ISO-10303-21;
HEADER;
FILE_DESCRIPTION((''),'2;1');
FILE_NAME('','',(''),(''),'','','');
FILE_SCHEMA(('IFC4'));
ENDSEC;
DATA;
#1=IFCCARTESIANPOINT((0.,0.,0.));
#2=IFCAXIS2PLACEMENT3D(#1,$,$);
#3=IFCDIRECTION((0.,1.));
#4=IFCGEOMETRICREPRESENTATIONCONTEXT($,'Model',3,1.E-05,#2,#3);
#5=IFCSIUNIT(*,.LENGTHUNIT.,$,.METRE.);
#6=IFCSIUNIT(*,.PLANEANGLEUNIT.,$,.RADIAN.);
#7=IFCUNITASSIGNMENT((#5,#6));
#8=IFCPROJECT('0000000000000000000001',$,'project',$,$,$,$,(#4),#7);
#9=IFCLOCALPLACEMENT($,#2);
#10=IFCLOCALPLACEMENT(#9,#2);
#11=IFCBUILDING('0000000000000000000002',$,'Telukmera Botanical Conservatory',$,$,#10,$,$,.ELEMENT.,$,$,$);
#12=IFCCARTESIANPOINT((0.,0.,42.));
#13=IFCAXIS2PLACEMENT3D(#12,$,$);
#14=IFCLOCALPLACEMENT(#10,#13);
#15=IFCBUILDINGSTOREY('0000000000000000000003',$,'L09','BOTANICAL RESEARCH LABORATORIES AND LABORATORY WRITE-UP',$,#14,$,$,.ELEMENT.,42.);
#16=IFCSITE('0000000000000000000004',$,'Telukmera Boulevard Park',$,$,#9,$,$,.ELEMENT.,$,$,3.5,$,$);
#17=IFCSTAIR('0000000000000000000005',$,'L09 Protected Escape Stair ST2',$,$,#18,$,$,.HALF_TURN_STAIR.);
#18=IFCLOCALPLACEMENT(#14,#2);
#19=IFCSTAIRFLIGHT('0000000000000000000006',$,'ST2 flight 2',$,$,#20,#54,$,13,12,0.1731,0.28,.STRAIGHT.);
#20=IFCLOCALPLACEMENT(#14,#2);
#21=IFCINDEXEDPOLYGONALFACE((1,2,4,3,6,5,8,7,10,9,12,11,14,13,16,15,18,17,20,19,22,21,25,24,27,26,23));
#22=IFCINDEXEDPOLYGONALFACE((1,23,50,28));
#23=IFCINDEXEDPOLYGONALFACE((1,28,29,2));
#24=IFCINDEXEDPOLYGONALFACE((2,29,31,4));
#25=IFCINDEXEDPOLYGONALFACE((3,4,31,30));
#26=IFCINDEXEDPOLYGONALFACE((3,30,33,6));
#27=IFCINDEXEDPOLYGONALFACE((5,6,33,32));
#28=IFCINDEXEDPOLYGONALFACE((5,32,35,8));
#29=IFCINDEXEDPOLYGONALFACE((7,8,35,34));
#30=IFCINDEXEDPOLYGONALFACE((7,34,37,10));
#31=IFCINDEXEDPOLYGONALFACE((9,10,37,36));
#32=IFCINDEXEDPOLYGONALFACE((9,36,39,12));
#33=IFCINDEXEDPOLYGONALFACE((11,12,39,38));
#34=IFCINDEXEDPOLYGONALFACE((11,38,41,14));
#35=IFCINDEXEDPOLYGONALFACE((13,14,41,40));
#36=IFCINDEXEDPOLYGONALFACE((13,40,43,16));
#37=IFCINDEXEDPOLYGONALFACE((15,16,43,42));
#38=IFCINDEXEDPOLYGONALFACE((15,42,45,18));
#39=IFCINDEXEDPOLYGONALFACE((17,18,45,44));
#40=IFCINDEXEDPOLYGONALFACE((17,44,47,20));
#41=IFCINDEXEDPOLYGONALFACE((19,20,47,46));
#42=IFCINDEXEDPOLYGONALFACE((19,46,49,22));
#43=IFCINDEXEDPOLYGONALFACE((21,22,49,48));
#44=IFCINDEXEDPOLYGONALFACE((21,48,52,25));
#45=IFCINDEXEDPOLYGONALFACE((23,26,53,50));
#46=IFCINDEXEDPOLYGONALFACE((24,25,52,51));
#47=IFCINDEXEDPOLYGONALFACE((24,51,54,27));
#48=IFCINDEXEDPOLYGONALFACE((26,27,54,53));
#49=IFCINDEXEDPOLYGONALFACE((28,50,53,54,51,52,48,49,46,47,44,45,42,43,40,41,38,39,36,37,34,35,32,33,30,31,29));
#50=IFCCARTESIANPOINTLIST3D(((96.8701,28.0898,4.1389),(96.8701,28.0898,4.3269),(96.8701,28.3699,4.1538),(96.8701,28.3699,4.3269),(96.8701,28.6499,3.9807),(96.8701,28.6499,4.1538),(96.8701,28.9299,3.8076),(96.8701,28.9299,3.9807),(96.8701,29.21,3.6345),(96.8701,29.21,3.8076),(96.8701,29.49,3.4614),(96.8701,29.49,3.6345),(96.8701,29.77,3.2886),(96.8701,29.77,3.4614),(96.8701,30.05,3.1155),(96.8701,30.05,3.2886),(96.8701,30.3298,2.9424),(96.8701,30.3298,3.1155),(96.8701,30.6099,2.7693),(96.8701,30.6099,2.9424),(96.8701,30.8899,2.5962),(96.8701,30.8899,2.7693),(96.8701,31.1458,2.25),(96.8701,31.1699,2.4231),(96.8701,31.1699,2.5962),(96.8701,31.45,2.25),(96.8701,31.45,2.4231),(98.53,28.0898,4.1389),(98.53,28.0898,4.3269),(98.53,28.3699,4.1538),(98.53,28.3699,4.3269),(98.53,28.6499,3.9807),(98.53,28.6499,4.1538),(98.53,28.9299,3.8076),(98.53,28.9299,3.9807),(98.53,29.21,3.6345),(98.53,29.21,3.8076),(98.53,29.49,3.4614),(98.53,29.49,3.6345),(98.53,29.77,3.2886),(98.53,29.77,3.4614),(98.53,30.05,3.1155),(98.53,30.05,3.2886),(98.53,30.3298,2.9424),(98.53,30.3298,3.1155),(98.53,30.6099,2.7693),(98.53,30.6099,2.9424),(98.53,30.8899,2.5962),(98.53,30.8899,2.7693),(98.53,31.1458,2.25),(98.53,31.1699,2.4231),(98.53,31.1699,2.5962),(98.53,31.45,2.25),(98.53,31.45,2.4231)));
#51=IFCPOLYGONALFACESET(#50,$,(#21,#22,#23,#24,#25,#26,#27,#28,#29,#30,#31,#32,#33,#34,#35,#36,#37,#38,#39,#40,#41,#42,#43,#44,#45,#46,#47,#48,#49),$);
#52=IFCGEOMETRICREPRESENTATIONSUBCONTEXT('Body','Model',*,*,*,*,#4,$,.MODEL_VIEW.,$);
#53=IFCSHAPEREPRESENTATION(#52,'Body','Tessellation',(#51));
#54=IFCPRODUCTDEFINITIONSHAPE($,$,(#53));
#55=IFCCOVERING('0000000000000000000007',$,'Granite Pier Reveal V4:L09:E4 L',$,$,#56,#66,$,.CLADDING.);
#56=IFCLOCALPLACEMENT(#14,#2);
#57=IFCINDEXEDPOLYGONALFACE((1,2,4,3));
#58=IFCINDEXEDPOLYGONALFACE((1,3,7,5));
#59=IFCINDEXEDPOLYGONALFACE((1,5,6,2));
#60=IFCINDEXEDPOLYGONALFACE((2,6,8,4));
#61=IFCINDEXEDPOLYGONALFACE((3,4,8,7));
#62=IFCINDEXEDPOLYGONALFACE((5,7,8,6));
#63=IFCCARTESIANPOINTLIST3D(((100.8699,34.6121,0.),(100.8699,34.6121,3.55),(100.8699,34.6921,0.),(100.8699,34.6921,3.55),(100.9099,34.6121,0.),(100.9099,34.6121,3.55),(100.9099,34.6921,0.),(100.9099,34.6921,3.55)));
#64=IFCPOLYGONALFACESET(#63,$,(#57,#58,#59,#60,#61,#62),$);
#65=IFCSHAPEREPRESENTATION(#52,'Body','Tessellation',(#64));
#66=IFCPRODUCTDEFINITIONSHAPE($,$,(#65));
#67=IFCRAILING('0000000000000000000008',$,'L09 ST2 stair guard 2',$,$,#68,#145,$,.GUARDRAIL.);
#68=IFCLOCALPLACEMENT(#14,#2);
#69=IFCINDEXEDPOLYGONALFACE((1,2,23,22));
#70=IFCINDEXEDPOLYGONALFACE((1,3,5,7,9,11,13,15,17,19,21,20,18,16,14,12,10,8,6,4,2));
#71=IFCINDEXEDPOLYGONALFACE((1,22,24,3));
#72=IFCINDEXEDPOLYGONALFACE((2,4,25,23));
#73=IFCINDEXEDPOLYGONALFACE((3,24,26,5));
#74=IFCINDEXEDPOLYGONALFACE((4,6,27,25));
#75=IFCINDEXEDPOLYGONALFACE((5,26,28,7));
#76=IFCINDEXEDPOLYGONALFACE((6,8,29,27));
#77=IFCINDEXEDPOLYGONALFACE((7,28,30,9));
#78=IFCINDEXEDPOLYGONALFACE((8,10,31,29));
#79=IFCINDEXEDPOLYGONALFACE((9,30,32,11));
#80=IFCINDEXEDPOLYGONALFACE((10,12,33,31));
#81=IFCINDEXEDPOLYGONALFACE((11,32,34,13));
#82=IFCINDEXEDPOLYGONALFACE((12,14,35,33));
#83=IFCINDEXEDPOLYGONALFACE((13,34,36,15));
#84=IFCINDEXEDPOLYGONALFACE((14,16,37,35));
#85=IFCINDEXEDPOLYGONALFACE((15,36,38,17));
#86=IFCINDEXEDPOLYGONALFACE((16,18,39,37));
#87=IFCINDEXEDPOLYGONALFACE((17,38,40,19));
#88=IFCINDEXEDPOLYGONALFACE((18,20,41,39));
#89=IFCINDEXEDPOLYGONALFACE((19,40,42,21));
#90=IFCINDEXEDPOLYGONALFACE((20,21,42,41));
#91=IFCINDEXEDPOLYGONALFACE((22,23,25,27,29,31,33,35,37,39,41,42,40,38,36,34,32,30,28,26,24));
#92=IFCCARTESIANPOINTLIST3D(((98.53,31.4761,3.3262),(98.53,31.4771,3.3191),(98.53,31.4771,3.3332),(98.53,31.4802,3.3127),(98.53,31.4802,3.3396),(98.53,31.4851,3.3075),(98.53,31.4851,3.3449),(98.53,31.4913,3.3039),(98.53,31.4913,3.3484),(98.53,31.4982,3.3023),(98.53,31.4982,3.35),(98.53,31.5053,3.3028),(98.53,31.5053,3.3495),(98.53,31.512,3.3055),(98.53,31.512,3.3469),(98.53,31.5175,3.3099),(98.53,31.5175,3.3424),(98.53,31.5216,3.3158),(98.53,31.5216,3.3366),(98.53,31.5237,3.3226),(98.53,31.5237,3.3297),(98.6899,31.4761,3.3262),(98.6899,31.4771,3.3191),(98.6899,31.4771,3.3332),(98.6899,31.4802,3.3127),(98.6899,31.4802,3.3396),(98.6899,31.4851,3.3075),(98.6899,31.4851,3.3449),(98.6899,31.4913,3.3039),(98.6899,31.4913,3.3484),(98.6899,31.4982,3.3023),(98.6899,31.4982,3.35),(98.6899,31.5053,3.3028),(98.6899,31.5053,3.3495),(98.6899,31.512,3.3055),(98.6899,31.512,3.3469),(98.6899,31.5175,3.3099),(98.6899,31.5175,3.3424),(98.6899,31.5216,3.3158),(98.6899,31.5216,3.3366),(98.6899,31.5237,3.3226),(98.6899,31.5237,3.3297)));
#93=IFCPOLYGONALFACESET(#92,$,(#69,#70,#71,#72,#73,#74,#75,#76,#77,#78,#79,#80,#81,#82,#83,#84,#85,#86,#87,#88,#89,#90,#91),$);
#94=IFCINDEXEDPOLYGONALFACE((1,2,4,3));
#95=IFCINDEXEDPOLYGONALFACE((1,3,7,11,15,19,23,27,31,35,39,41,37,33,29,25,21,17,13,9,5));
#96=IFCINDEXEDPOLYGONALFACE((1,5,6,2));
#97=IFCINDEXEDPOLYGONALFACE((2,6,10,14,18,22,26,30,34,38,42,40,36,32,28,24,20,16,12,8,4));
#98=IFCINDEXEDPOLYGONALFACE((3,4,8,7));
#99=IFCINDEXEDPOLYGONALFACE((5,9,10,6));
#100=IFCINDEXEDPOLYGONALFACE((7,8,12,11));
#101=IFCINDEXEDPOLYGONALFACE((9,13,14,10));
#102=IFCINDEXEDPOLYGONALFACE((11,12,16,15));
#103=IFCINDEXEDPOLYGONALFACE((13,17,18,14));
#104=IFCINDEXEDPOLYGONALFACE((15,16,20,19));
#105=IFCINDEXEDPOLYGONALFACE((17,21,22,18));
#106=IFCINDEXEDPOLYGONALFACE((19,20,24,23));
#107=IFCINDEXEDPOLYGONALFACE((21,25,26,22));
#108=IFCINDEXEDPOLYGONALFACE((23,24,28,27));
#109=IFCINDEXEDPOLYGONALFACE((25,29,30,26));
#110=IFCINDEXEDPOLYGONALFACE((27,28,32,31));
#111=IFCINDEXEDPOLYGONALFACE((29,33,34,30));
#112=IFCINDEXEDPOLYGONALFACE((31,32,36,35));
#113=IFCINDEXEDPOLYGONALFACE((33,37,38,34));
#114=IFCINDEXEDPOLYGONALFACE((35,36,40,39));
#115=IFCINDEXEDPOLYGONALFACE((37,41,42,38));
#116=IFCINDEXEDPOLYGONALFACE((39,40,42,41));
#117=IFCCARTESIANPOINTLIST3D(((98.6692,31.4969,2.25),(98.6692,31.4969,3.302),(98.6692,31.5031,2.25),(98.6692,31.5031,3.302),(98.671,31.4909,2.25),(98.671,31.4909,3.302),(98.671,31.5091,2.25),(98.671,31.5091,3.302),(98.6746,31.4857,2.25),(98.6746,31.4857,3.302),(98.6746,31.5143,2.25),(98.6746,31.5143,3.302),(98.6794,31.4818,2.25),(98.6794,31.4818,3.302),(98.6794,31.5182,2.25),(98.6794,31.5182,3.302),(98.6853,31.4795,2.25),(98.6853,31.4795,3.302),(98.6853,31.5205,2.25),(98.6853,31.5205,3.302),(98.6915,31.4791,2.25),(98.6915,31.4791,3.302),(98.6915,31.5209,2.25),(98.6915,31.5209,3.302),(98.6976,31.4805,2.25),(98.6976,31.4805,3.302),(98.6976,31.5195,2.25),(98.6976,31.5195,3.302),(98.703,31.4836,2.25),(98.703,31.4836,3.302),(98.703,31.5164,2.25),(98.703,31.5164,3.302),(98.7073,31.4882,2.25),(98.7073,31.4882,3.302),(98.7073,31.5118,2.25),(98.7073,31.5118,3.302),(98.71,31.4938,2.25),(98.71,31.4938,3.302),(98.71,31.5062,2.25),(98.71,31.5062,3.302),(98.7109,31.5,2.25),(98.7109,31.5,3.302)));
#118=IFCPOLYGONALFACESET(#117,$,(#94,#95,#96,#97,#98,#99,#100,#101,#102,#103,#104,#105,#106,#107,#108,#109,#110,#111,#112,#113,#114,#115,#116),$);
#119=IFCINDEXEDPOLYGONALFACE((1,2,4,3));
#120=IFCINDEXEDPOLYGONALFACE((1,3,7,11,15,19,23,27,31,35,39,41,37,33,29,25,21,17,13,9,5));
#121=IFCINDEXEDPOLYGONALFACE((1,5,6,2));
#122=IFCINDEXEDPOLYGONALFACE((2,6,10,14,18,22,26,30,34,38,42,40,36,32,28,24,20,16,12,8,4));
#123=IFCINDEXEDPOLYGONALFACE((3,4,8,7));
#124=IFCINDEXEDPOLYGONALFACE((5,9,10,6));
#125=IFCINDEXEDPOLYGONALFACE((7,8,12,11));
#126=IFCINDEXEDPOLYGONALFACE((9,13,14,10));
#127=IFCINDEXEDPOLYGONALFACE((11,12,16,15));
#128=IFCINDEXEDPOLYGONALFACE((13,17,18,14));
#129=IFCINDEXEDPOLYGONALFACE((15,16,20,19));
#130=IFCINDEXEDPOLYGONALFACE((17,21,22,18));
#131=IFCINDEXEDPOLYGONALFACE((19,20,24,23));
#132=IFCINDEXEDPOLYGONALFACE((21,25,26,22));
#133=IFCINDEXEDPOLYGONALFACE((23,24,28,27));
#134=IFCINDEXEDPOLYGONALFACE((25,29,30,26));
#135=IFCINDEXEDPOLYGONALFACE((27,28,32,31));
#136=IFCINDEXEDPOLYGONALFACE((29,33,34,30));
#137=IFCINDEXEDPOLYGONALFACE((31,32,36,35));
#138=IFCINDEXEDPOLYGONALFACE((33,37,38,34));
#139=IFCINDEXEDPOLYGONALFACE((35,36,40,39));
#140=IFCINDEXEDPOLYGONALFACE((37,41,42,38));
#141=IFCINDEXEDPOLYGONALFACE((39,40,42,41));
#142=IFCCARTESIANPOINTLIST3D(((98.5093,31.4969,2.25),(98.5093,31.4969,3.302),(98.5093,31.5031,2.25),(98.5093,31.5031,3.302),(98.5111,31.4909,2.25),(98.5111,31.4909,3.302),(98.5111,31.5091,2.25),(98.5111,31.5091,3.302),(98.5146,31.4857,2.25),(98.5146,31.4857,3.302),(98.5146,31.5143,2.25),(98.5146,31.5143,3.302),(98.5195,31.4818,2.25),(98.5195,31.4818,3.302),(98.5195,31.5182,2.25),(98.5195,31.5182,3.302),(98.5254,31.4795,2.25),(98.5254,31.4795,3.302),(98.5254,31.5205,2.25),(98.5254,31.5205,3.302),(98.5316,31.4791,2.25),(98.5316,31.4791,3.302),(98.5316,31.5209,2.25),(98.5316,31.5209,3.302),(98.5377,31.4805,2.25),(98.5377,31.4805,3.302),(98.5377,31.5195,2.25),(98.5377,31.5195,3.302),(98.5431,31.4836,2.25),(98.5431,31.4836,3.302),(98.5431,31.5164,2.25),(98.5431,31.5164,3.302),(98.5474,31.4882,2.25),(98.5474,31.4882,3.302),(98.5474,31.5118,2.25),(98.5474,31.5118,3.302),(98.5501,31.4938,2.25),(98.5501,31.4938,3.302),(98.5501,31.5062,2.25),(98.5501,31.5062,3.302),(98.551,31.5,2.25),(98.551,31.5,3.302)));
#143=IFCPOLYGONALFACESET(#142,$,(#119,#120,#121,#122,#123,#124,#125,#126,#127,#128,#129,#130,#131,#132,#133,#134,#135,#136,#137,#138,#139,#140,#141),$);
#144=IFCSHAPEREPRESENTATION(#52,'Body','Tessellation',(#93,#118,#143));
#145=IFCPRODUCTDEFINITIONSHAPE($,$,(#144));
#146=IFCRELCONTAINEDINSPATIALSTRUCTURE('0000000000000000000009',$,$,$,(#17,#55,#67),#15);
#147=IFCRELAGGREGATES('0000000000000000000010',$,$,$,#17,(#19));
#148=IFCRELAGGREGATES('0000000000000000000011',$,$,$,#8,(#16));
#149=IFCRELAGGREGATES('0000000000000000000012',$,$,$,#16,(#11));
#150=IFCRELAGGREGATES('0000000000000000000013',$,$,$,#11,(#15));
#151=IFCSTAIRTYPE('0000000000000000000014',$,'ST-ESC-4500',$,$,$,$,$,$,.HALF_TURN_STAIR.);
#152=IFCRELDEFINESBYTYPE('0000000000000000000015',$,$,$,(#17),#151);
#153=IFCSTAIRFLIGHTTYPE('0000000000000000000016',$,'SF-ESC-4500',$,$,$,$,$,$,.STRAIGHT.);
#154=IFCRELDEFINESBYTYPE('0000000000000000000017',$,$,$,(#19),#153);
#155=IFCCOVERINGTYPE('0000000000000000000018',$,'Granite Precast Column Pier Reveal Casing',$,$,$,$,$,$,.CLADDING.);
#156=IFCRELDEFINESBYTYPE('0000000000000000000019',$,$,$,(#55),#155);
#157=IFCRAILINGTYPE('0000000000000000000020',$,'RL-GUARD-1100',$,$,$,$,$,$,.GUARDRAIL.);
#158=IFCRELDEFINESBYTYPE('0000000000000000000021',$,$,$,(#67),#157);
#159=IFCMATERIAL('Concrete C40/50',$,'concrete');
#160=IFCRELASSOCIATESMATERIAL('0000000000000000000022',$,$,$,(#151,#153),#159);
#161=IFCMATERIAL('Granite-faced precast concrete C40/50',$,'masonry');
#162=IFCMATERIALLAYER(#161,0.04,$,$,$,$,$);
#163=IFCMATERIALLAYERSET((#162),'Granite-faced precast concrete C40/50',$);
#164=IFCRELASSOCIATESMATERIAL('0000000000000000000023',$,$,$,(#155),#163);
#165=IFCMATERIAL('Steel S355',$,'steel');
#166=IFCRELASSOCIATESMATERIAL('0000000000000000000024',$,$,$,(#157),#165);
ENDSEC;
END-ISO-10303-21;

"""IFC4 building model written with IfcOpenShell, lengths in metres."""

from ifc_helpers import new_model, si_unit, direction, frame, origin, origin_2d, place, context, subcontext, project, spatial, polyline, rectangle, circle, outline, extrude, material, layer, layer_set, type_object, element, aggregate, save


model = new_model("IFC4")

# Units and contexts
model_context = context("Model", 3, precision=1e-05, world=origin(), true_north=direction((0.0, 1.0)))
body_context = subcontext(model_context, "Body", "Model", "MODEL_VIEW")
ifc_project = project(units=[si_unit("LENGTHUNIT", "METRE"), si_unit("PLANEANGLEUNIT", "RADIAN")], contexts=[model_context])

# Site, building, storey
site_placement = place(None, origin())
site = spatial("IfcSite", under=ifc_project, at=site_placement, Name="Telukmera Boulevard Park", CompositionType="ELEMENT", RefElevation=3.5)
building_placement = place(site_placement, origin())
building = spatial("IfcBuilding", under=site, at=building_placement, Name="Telukmera Botanical Conservatory", CompositionType="ELEMENT")
storey_placement = place(building_placement, frame((0.0, 0.0, 42.0)))
storey = spatial("IfcBuildingStorey", under=building, at=storey_placement, Name="L09", Description="BOTANICAL RESEARCH LABORATORIES AND LABORATORY WRITE-UP", CompositionType="ELEMENT", Elevation=42.0)

# Shared definitions
ifc_material_1 = material(Name="Concrete C40/50", Category="concrete")

# Stair, stair flight
stair_type = type_object("IfcStairType", Name="ST-ESC-4500", PredefinedType="HALF_TURN_STAIR", material=ifc_material_1)
stair_placement = place(storey_placement, origin())
stair = element("IfcStair", 1, at=stair_placement, inside=storey, type_object=stair_type, Name="L09 Protected Escape Stair ST2", PredefinedType="HALF_TURN_STAIR")
stair_flight_type = type_object("IfcStairFlightType", Name="SF-ESC-4500", PredefinedType="STRAIGHT", material=ifc_material_1)
stair_flight_placement = place(storey_placement, frame((97.7, 31.45, 2.25), z_axis=(0.0, 0.0, 1.0), x_axis=(0.0, -1.0, 0.0)))
stair_flight = element("IfcStairFlight", 2, at=stair_flight_placement, type_object=stair_flight_type, Name="ST2 flight 2", NumberOfRisers=13, NumberOfTreads=12, PredefinedType="STRAIGHT", RiserHeight=0.1731, TreadLength=0.28, context=body_context, shape_type="SweptSolid", body=[
    extrude(outline(polyline([(0.0, 0.0), (0.0, 0.1731), (0.28, 0.1731), (0.28, 0.3462), (0.5601, 0.3462), (0.5601, 0.5193), (0.8401, 0.5193), (0.8401, 0.6924), (1.1201, 0.6924), (1.1201, 0.8655), (1.3999, 0.8655), (1.3999, 1.0386), (1.6799, 1.0386), (1.6799, 1.2114), (1.96, 1.2114), (1.96, 1.3845), (2.24, 1.3845), (2.24, 1.5576), (2.52, 1.5576), (2.52, 1.7307), (2.8, 1.7307), (2.8, 1.9038), (3.0801, 1.9038), (3.0801, 2.0769), (3.3601, 2.0769), (3.3601, 2.25), (3.3601, 1.8889), (0.3042, 0.0), (0.0, 0.0)])), frame((0.0, 0.8301, 0.0), z_axis=(0.0, -1.0, 0.0), x_axis=(1.0, 0.0, 0.0)), (0.0, 0.0, 1.0), 1.6599),
])
aggregate(stair, [stair_flight])

# Covering
ifc_material_2 = material(Name="Granite-faced precast concrete C40/50", Category="masonry")
ifc_layer_1 = layer(ifc_material_2, 0.04)
ifc_layer_set_1 = layer_set([ifc_layer_1], Name="Granite-faced precast concrete C40/50")
covering_type = type_object("IfcCoveringType", Name="Granite Precast Column Pier Reveal Casing", PredefinedType="CLADDING", material=ifc_layer_set_1)
covering_placement = place(storey_placement, frame((100.8899, 34.6521, 0.0), z_axis=(0.0, 0.0, 1.0), x_axis=(0.0, 1.0, 0.0)))
element("IfcCovering", 3, at=covering_placement, inside=storey, type_object=covering_type, Name="Granite Pier Reveal V4:L09:E4 L", PredefinedType="CLADDING", context=body_context, shape_type="SweptSolid", body=[
    extrude(rectangle(XDim=0.0801, YDim=0.04, at=origin_2d()), origin(), (0.0, 0.0, 1.0), 3.55),
])

# Railing
ifc_material_3 = material(Name="Steel S355", Category="steel")
railing_type_1 = type_object("IfcRailingType", Name="RL-GUARD-1100", PredefinedType="GUARDRAIL", material=ifc_material_3)
railing_1_placement = place(storey_placement, frame((98.6899, 31.5, 2.25)))
element("IfcRailing", 4, at=railing_1_placement, inside=storey, type_object=railing_type_1, Name="L09 ST2 stair guard 2", PredefinedType="GUARDRAIL", context=body_context, shape_type="SweptSolid", body=[
    extrude(circle(Radius=0.0239, at=origin_2d()), frame((0.0, 0.0, 1.0762), z_axis=(-1.0, 0.0, 0.0), x_axis=(0.0, -1.0, 0.0)), (0.0, 0.0, 1.0), 0.1599),
    extrude(circle(Radius=0.021, at=origin_2d()), origin(), (0.0, 0.0, 1.0), 1.052),
    extrude(circle(Radius=0.021, at=origin_2d()), frame((-0.1599, 0.0, 0.0)), (0.0, 0.0, 1.0), 1.052),
])

save(model, "model.ifc")
